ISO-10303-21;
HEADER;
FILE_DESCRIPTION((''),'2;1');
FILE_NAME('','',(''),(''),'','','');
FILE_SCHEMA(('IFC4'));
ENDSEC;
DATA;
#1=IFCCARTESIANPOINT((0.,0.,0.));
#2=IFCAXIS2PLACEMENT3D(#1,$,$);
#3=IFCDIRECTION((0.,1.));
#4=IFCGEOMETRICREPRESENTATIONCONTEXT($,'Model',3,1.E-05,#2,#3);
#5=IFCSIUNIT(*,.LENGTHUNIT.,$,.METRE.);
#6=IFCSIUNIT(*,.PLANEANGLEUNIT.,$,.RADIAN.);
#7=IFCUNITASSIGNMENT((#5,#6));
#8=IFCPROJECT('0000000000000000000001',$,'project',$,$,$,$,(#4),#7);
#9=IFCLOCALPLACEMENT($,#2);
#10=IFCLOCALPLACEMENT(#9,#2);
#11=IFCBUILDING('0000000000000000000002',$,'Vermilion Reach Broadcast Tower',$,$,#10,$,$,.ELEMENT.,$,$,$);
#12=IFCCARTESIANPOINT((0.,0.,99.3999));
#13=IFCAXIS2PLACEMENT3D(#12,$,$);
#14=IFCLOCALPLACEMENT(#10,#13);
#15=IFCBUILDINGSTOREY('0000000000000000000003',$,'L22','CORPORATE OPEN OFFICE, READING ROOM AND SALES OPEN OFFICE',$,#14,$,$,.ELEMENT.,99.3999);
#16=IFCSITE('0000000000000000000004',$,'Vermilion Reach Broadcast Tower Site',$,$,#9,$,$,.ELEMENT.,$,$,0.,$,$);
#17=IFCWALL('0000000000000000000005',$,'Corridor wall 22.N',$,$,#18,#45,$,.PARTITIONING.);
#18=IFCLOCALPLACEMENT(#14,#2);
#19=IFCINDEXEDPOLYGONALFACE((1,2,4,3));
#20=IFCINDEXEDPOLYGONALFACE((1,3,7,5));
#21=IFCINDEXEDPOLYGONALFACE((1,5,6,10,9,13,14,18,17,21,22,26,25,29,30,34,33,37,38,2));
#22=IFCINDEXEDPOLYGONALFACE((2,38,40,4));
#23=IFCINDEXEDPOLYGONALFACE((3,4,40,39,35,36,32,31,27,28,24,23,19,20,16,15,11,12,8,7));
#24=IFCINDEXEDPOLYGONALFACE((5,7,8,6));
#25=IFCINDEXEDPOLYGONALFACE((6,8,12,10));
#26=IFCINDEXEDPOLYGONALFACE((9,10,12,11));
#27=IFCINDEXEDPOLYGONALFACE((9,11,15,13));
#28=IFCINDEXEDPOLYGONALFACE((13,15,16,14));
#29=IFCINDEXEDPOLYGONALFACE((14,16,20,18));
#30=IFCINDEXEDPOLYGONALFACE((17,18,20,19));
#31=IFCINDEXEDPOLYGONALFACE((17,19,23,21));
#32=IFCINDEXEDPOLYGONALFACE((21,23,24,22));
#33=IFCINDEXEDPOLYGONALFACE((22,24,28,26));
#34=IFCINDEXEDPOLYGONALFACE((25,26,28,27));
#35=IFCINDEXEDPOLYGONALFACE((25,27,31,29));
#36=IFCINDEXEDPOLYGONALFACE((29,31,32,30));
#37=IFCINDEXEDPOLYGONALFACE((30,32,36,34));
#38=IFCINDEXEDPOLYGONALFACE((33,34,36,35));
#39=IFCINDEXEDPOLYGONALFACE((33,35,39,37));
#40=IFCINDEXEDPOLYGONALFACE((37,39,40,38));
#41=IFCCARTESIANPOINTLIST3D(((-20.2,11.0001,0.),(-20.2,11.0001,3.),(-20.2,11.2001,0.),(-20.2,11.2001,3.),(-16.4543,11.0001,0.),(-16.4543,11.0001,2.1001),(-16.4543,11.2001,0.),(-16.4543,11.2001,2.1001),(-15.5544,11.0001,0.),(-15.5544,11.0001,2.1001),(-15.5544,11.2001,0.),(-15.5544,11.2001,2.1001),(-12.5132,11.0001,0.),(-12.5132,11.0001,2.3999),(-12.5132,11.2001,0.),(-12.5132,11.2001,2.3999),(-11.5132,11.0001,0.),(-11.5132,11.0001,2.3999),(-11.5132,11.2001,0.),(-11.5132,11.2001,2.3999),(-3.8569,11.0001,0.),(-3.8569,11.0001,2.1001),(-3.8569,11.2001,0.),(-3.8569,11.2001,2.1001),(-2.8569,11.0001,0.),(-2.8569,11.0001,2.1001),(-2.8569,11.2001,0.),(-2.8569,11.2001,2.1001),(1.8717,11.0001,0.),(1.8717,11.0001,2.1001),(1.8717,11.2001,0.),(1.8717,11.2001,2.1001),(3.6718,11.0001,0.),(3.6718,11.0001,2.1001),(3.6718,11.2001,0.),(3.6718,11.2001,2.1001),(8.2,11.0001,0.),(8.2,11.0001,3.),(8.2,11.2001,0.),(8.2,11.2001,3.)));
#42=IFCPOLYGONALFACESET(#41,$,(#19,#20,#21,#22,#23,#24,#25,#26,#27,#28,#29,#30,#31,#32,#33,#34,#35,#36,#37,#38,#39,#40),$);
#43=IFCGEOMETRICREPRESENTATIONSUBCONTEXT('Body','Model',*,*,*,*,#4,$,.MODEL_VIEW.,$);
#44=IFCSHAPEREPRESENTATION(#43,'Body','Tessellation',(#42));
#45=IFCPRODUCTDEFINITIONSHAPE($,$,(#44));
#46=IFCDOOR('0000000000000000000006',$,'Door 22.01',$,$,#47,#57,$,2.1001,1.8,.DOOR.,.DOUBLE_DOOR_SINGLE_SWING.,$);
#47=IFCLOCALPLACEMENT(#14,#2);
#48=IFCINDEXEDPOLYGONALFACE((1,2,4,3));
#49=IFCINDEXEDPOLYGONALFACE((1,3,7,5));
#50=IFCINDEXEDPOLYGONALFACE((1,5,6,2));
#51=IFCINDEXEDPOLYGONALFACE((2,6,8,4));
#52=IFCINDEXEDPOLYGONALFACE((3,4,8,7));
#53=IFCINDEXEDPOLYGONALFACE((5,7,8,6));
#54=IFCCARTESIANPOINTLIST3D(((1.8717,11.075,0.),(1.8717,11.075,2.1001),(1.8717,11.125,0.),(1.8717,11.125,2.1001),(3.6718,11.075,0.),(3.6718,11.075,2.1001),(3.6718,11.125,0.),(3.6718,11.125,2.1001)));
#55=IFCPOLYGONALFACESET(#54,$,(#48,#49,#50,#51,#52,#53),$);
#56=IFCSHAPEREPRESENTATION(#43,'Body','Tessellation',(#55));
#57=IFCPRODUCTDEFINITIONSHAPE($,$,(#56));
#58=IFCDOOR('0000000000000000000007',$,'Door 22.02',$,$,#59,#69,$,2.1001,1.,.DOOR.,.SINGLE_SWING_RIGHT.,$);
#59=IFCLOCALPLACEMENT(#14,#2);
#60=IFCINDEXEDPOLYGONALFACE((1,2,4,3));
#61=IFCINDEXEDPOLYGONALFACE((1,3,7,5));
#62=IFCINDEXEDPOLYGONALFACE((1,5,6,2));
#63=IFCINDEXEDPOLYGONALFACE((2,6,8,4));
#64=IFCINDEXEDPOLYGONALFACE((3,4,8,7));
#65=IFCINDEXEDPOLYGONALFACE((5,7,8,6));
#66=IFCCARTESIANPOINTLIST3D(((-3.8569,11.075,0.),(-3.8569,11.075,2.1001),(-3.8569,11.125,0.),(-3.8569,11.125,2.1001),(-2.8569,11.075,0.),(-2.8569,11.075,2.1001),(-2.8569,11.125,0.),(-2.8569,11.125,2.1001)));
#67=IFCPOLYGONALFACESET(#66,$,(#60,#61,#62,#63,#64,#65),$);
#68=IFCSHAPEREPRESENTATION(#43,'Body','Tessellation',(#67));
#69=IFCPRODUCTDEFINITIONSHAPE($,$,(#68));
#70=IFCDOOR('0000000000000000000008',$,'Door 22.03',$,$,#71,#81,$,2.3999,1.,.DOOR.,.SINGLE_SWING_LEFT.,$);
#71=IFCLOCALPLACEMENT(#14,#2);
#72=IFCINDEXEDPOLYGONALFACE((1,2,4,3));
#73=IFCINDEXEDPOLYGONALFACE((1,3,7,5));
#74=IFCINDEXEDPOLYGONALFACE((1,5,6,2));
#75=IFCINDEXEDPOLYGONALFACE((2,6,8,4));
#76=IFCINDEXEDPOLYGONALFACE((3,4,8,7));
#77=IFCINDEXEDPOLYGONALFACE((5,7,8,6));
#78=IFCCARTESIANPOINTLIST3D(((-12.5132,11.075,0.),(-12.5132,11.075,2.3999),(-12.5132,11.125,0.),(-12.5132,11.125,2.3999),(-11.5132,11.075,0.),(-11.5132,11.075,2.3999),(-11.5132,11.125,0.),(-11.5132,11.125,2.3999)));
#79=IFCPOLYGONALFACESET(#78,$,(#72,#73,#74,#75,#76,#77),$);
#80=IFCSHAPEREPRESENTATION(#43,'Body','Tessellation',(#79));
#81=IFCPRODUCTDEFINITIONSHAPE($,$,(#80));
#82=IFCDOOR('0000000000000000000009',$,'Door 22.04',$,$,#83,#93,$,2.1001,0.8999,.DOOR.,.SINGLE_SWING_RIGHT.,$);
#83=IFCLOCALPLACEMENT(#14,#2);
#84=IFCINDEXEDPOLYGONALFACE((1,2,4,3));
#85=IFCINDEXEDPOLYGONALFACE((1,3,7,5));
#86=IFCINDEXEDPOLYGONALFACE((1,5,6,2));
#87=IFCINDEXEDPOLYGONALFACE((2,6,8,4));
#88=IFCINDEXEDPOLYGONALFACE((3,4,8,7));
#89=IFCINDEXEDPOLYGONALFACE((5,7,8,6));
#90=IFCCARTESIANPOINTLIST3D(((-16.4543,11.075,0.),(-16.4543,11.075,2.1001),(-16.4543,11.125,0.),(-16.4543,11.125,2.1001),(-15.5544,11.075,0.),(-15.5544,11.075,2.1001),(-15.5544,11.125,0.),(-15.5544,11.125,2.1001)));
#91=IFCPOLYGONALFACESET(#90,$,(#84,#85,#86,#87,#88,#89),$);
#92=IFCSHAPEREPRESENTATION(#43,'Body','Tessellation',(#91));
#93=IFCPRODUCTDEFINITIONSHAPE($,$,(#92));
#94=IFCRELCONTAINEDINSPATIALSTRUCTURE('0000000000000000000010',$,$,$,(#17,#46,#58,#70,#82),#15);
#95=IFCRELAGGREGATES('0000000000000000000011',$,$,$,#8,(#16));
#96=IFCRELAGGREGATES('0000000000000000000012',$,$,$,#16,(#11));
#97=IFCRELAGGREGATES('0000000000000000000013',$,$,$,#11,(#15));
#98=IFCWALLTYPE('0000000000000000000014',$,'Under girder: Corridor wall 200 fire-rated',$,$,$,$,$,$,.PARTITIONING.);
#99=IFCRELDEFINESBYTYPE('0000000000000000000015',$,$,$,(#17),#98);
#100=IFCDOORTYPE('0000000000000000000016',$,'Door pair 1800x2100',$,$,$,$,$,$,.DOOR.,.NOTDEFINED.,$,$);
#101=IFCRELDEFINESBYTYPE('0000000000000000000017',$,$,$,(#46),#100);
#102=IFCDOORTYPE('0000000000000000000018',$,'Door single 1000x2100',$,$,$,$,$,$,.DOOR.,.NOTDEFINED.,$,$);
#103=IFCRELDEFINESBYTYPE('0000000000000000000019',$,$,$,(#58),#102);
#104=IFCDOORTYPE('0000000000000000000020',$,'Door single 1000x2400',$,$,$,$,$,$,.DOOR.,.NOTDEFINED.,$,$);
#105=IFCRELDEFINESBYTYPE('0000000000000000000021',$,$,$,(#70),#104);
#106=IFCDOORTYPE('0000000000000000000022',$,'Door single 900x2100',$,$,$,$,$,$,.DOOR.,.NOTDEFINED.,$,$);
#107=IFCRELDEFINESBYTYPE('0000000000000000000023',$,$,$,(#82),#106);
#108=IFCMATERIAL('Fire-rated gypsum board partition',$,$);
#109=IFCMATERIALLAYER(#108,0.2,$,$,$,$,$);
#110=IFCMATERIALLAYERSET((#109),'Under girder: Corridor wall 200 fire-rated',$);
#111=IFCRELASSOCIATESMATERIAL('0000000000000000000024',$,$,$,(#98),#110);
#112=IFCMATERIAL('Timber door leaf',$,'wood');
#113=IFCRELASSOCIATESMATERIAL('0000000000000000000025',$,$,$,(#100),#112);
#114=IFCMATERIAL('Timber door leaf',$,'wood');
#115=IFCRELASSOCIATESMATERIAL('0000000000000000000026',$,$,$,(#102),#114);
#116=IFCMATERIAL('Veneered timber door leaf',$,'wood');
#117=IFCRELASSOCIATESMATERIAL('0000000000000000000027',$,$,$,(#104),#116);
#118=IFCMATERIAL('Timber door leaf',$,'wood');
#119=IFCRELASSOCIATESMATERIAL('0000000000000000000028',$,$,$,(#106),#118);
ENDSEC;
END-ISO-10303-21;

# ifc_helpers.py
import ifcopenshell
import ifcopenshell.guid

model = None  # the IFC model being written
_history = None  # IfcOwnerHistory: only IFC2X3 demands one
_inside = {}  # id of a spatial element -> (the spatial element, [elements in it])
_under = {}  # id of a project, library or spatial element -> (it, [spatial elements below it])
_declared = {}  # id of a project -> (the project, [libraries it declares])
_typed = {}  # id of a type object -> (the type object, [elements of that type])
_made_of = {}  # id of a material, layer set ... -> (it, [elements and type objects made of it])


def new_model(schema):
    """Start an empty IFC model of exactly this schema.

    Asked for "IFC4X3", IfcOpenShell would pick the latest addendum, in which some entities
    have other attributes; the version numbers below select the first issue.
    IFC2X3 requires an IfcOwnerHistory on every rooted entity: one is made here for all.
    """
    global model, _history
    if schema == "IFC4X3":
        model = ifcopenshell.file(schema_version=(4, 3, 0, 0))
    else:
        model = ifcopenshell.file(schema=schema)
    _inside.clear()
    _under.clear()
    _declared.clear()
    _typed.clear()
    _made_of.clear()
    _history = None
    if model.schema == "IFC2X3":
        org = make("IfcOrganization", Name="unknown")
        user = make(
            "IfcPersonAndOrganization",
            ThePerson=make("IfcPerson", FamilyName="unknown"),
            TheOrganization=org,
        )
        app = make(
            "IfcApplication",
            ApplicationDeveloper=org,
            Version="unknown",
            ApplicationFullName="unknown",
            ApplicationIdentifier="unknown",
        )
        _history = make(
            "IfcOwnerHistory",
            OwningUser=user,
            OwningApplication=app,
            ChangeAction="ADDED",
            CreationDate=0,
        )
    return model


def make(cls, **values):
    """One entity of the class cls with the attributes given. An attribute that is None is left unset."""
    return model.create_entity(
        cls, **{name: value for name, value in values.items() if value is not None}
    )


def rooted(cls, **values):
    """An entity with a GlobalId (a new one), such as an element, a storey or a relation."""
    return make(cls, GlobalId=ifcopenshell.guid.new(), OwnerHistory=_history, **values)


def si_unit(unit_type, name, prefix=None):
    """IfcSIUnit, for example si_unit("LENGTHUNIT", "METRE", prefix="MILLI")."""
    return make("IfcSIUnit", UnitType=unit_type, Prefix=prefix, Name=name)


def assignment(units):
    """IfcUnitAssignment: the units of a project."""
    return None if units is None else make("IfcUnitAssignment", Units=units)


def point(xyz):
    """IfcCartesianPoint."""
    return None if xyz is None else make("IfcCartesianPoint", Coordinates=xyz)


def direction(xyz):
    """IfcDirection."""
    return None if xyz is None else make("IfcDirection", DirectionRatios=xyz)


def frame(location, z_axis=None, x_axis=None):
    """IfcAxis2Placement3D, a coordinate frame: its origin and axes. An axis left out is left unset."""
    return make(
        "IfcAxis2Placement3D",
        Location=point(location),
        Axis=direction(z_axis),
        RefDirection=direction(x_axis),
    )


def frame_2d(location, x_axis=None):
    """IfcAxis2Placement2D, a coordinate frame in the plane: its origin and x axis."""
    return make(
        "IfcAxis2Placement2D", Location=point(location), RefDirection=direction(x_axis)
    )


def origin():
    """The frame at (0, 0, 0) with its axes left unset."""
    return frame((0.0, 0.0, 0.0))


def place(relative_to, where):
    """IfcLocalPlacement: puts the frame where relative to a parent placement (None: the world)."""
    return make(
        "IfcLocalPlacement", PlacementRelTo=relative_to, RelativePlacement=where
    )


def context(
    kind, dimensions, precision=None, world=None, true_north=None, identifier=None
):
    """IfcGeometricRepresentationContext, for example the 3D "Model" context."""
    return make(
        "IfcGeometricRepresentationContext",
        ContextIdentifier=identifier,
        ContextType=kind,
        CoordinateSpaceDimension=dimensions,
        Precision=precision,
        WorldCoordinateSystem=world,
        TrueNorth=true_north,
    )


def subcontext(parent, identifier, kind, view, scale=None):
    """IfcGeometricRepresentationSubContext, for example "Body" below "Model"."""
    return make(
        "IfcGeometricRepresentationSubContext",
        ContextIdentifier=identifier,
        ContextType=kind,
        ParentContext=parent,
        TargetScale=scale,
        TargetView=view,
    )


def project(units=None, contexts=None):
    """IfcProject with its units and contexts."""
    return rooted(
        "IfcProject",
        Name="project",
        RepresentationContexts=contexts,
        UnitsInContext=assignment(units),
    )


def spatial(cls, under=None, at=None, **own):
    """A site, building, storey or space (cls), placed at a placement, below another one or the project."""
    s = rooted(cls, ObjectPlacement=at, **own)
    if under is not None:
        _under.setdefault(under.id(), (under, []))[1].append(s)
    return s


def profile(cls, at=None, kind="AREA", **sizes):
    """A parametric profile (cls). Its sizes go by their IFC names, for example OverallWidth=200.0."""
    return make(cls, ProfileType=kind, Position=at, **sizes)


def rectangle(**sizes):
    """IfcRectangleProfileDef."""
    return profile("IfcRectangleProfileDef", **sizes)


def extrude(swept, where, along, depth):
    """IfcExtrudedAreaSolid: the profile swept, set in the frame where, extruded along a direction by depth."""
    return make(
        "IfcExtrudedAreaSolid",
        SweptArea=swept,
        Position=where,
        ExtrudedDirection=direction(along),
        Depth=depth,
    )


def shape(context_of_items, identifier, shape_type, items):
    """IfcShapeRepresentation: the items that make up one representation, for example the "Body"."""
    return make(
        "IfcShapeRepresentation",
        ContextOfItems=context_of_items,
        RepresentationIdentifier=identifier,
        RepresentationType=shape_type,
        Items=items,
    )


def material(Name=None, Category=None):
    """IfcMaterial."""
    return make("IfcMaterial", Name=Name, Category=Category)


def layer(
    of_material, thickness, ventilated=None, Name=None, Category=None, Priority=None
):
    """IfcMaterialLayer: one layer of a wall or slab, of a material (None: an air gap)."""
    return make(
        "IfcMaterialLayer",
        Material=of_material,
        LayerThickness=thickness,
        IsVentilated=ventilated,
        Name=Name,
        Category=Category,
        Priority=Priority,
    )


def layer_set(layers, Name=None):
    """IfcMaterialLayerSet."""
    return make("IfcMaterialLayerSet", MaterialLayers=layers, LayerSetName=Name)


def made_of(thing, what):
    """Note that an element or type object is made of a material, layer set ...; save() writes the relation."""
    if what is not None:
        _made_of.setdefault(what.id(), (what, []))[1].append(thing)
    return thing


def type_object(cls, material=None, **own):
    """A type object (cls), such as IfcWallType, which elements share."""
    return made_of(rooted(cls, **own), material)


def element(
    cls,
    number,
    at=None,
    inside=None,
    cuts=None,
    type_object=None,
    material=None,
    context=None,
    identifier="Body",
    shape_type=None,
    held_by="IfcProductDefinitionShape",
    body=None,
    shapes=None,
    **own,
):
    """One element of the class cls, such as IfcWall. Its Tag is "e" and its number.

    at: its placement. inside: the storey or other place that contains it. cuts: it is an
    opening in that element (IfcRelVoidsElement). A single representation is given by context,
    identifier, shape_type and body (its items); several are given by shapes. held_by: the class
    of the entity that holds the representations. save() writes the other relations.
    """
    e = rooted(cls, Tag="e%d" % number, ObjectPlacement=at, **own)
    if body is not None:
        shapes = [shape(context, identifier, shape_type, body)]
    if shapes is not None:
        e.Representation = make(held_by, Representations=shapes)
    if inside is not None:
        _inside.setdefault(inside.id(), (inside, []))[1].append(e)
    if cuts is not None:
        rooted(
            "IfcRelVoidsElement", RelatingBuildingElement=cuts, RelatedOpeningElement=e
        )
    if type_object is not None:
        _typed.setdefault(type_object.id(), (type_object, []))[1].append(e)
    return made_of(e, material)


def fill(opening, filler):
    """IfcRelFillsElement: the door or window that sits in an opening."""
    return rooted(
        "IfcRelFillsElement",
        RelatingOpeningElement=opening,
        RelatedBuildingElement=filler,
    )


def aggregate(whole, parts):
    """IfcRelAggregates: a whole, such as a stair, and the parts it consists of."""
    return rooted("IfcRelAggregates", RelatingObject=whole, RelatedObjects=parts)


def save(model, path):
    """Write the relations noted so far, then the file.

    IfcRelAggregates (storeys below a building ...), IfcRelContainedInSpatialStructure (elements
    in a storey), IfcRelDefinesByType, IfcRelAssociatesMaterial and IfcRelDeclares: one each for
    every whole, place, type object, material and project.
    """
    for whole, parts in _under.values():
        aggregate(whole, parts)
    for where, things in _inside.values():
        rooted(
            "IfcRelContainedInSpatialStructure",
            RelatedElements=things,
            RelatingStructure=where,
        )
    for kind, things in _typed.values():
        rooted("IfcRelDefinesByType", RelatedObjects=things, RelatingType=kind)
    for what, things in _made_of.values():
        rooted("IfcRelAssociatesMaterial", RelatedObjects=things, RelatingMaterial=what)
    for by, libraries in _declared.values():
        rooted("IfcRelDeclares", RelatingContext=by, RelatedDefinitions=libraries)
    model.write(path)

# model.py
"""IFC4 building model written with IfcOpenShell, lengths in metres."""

from ifc_helpers import new_model, si_unit, direction, frame, frame_2d, origin, place, context, subcontext, project, spatial, rectangle, extrude, material, layer, layer_set, type_object, element, fill, save


model = new_model("IFC4")

# Units and contexts
model_context = context("Model", 3, precision=1e-05, world=origin(), true_north=direction((0.0, 1.0)))
body_context = subcontext(model_context, "Body", "Model", "MODEL_VIEW")
ifc_project = project(units=[si_unit("LENGTHUNIT", "METRE"), si_unit("PLANEANGLEUNIT", "RADIAN")], contexts=[model_context])

# Site, building, storey
site_placement = place(None, origin())
site = spatial("IfcSite", under=ifc_project, at=site_placement, Name="Vermilion Reach Broadcast Tower Site", CompositionType="ELEMENT", RefElevation=0.0)
building_placement = place(site_placement, origin())
building = spatial("IfcBuilding", under=site, at=building_placement, Name="Vermilion Reach Broadcast Tower", CompositionType="ELEMENT")
storey_placement = place(building_placement, frame((0.0, 0.0, 99.3999)))
storey = spatial("IfcBuildingStorey", under=building, at=storey_placement, Name="L22", Description="CORPORATE OPEN OFFICE, READING ROOM AND SALES OPEN OFFICE", CompositionType="ELEMENT", Elevation=99.3999)

# Wall, openings, doors
ifc_material_1 = material(Name="Fire-rated gypsum board partition")
ifc_layer_1 = layer(ifc_material_1, 0.2)
ifc_layer_set_1 = layer_set([ifc_layer_1], Name="Under girder: Corridor wall 200 fire-rated")
wall_type_1 = type_object("IfcWallType", Name="Under girder: Corridor wall 200 fire-rated", PredefinedType="PARTITIONING", material=ifc_layer_set_1)
wall_1_placement = place(storey_placement, frame((-20.2, 11.1001, 0.0), z_axis=(0.0, 0.0, 1.0), x_axis=(1.0, 0.0, 0.0)))
wall_1 = element("IfcWall", 1, at=wall_1_placement, inside=storey, type_object=wall_type_1, Name="Corridor wall 22.N", PredefinedType="PARTITIONING", context=body_context, shape_type="SweptSolid", body=[
    extrude(rectangle(XDim=28.3999, YDim=0.2, at=frame_2d((14.2, 0.0))), origin(), (0.0, 0.0, 1.0), 3.0),
])
opening_1_placement = place(wall_1_placement, frame((22.0718, 0.0, 0.0)))
opening_1 = element("IfcOpeningElement", 2, at=opening_1_placement, cuts=wall_1, PredefinedType="OPENING", context=body_context, shape_type="SweptSolid", body=[
    extrude(rectangle(XDim=1.8, YDim=2.1001, at=frame_2d((0.8999, 1.05))), frame((0.0, 0.1099, 0.0), z_axis=(0.0, -1.0, 0.0), x_axis=(1.0, 0.0, 0.0)), (0.0, 0.0, 1.0), 0.22),
])
opening_2_placement = place(wall_1_placement, frame((16.343, 0.0, 0.0)))
opening_2 = element("IfcOpeningElement", 3, at=opening_2_placement, cuts=wall_1, PredefinedType="OPENING", context=body_context, shape_type="SweptSolid", body=[
    extrude(rectangle(XDim=1.0, YDim=2.1001, at=frame_2d((0.5, 1.05))), frame((0.0, 0.1099, 0.0), z_axis=(0.0, -1.0, 0.0), x_axis=(1.0, 0.0, 0.0)), (0.0, 0.0, 1.0), 0.22),
])
opening_3_placement = place(wall_1_placement, frame((7.6868, 0.0, 0.0)))
opening_3 = element("IfcOpeningElement", 4, at=opening_3_placement, cuts=wall_1, PredefinedType="OPENING", context=body_context, shape_type="SweptSolid", body=[
    extrude(rectangle(XDim=1.0, YDim=2.3999, at=frame_2d((0.5, 1.2))), frame((0.0, 0.1099, 0.0), z_axis=(0.0, -1.0, 0.0), x_axis=(1.0, 0.0, 0.0)), (0.0, 0.0, 1.0), 0.22),
])
opening_4_placement = place(wall_1_placement, frame((3.7456, 0.0, 0.0)))
opening_4 = element("IfcOpeningElement", 5, at=opening_4_placement, cuts=wall_1, PredefinedType="OPENING", context=body_context, shape_type="SweptSolid", body=[
    extrude(rectangle(XDim=0.8999, YDim=2.1001, at=frame_2d((0.45, 1.05))), frame((0.0, 0.1099, 0.0), z_axis=(0.0, -1.0, 0.0), x_axis=(1.0, 0.0, 0.0)), (0.0, 0.0, 1.0), 0.22),
])
ifc_material_2 = material(Name="Timber door leaf", Category="wood")
door_type_1 = type_object("IfcDoorType", Name="Door pair 1800x2100", OperationType="NOTDEFINED", PredefinedType="DOOR", material=ifc_material_2)
door_1_placement = place(opening_1_placement, origin())
door_1 = element("IfcDoor", 6, at=door_1_placement, inside=storey, type_object=door_type_1, Name="Door 22.01", OperationType="DOUBLE_DOOR_SINGLE_SWING", OverallHeight=2.1001, OverallWidth=1.8, PredefinedType="DOOR", context=body_context, shape_type="SweptSolid", body=[
    extrude(rectangle(XDim=1.8, YDim=2.1001, at=frame_2d((0.8999, 1.05))), frame((0.0, 0.0249, 0.0), z_axis=(0.0, -1.0, 0.0), x_axis=(1.0, 0.0, 0.0)), (0.0, 0.0, 1.0), 0.05),
])
fill(opening_1, door_1)
ifc_material_3 = material(Name="Timber door leaf", Category="wood")
door_type_2 = type_object("IfcDoorType", Name="Door single 1000x2100", OperationType="NOTDEFINED", PredefinedType="DOOR", material=ifc_material_3)
door_2_placement = place(opening_2_placement, origin())
door_2 = element("IfcDoor", 7, at=door_2_placement, inside=storey, type_object=door_type_2, Name="Door 22.02", OperationType="SINGLE_SWING_RIGHT", OverallHeight=2.1001, OverallWidth=1.0, PredefinedType="DOOR", context=body_context, shape_type="SweptSolid", body=[
    extrude(rectangle(XDim=1.0, YDim=2.1001, at=frame_2d((0.5, 1.05))), frame((0.0, 0.0249, 0.0), z_axis=(0.0, -1.0, 0.0), x_axis=(1.0, 0.0, 0.0)), (0.0, 0.0, 1.0), 0.05),
])
fill(opening_2, door_2)
ifc_material_4 = material(Name="Veneered timber door leaf", Category="wood")
door_type_3 = type_object("IfcDoorType", Name="Door single 1000x2400", OperationType="NOTDEFINED", PredefinedType="DOOR", material=ifc_material_4)
door_3_placement = place(opening_3_placement, origin())
door_3 = element("IfcDoor", 8, at=door_3_placement, inside=storey, type_object=door_type_3, Name="Door 22.03", OperationType="SINGLE_SWING_LEFT", OverallHeight=2.3999, OverallWidth=1.0, PredefinedType="DOOR", context=body_context, shape_type="SweptSolid", body=[
    extrude(rectangle(XDim=1.0, YDim=2.3999, at=frame_2d((0.5, 1.2))), frame((0.0, 0.0249, 0.0), z_axis=(0.0, -1.0, 0.0), x_axis=(1.0, 0.0, 0.0)), (0.0, 0.0, 1.0), 0.05),
])
fill(opening_3, door_3)
ifc_material_5 = material(Name="Timber door leaf", Category="wood")
door_type_4 = type_object("IfcDoorType", Name="Door single 900x2100", OperationType="NOTDEFINED", PredefinedType="DOOR", material=ifc_material_5)
door_4_placement = place(opening_4_placement, origin())
door_4 = element("IfcDoor", 9, at=door_4_placement, inside=storey, type_object=door_type_4, Name="Door 22.04", OperationType="SINGLE_SWING_RIGHT", OverallHeight=2.1001, OverallWidth=0.8999, PredefinedType="DOOR", context=body_context, shape_type="SweptSolid", body=[
    extrude(rectangle(XDim=0.8999, YDim=2.1001, at=frame_2d((0.45, 1.05))), frame((0.0, 0.0249, 0.0), z_axis=(0.0, -1.0, 0.0), x_axis=(1.0, 0.0, 0.0)), (0.0, 0.0, 1.0), 0.05),
])
fill(opening_4, door_4)

save(model, "model.ifc")
